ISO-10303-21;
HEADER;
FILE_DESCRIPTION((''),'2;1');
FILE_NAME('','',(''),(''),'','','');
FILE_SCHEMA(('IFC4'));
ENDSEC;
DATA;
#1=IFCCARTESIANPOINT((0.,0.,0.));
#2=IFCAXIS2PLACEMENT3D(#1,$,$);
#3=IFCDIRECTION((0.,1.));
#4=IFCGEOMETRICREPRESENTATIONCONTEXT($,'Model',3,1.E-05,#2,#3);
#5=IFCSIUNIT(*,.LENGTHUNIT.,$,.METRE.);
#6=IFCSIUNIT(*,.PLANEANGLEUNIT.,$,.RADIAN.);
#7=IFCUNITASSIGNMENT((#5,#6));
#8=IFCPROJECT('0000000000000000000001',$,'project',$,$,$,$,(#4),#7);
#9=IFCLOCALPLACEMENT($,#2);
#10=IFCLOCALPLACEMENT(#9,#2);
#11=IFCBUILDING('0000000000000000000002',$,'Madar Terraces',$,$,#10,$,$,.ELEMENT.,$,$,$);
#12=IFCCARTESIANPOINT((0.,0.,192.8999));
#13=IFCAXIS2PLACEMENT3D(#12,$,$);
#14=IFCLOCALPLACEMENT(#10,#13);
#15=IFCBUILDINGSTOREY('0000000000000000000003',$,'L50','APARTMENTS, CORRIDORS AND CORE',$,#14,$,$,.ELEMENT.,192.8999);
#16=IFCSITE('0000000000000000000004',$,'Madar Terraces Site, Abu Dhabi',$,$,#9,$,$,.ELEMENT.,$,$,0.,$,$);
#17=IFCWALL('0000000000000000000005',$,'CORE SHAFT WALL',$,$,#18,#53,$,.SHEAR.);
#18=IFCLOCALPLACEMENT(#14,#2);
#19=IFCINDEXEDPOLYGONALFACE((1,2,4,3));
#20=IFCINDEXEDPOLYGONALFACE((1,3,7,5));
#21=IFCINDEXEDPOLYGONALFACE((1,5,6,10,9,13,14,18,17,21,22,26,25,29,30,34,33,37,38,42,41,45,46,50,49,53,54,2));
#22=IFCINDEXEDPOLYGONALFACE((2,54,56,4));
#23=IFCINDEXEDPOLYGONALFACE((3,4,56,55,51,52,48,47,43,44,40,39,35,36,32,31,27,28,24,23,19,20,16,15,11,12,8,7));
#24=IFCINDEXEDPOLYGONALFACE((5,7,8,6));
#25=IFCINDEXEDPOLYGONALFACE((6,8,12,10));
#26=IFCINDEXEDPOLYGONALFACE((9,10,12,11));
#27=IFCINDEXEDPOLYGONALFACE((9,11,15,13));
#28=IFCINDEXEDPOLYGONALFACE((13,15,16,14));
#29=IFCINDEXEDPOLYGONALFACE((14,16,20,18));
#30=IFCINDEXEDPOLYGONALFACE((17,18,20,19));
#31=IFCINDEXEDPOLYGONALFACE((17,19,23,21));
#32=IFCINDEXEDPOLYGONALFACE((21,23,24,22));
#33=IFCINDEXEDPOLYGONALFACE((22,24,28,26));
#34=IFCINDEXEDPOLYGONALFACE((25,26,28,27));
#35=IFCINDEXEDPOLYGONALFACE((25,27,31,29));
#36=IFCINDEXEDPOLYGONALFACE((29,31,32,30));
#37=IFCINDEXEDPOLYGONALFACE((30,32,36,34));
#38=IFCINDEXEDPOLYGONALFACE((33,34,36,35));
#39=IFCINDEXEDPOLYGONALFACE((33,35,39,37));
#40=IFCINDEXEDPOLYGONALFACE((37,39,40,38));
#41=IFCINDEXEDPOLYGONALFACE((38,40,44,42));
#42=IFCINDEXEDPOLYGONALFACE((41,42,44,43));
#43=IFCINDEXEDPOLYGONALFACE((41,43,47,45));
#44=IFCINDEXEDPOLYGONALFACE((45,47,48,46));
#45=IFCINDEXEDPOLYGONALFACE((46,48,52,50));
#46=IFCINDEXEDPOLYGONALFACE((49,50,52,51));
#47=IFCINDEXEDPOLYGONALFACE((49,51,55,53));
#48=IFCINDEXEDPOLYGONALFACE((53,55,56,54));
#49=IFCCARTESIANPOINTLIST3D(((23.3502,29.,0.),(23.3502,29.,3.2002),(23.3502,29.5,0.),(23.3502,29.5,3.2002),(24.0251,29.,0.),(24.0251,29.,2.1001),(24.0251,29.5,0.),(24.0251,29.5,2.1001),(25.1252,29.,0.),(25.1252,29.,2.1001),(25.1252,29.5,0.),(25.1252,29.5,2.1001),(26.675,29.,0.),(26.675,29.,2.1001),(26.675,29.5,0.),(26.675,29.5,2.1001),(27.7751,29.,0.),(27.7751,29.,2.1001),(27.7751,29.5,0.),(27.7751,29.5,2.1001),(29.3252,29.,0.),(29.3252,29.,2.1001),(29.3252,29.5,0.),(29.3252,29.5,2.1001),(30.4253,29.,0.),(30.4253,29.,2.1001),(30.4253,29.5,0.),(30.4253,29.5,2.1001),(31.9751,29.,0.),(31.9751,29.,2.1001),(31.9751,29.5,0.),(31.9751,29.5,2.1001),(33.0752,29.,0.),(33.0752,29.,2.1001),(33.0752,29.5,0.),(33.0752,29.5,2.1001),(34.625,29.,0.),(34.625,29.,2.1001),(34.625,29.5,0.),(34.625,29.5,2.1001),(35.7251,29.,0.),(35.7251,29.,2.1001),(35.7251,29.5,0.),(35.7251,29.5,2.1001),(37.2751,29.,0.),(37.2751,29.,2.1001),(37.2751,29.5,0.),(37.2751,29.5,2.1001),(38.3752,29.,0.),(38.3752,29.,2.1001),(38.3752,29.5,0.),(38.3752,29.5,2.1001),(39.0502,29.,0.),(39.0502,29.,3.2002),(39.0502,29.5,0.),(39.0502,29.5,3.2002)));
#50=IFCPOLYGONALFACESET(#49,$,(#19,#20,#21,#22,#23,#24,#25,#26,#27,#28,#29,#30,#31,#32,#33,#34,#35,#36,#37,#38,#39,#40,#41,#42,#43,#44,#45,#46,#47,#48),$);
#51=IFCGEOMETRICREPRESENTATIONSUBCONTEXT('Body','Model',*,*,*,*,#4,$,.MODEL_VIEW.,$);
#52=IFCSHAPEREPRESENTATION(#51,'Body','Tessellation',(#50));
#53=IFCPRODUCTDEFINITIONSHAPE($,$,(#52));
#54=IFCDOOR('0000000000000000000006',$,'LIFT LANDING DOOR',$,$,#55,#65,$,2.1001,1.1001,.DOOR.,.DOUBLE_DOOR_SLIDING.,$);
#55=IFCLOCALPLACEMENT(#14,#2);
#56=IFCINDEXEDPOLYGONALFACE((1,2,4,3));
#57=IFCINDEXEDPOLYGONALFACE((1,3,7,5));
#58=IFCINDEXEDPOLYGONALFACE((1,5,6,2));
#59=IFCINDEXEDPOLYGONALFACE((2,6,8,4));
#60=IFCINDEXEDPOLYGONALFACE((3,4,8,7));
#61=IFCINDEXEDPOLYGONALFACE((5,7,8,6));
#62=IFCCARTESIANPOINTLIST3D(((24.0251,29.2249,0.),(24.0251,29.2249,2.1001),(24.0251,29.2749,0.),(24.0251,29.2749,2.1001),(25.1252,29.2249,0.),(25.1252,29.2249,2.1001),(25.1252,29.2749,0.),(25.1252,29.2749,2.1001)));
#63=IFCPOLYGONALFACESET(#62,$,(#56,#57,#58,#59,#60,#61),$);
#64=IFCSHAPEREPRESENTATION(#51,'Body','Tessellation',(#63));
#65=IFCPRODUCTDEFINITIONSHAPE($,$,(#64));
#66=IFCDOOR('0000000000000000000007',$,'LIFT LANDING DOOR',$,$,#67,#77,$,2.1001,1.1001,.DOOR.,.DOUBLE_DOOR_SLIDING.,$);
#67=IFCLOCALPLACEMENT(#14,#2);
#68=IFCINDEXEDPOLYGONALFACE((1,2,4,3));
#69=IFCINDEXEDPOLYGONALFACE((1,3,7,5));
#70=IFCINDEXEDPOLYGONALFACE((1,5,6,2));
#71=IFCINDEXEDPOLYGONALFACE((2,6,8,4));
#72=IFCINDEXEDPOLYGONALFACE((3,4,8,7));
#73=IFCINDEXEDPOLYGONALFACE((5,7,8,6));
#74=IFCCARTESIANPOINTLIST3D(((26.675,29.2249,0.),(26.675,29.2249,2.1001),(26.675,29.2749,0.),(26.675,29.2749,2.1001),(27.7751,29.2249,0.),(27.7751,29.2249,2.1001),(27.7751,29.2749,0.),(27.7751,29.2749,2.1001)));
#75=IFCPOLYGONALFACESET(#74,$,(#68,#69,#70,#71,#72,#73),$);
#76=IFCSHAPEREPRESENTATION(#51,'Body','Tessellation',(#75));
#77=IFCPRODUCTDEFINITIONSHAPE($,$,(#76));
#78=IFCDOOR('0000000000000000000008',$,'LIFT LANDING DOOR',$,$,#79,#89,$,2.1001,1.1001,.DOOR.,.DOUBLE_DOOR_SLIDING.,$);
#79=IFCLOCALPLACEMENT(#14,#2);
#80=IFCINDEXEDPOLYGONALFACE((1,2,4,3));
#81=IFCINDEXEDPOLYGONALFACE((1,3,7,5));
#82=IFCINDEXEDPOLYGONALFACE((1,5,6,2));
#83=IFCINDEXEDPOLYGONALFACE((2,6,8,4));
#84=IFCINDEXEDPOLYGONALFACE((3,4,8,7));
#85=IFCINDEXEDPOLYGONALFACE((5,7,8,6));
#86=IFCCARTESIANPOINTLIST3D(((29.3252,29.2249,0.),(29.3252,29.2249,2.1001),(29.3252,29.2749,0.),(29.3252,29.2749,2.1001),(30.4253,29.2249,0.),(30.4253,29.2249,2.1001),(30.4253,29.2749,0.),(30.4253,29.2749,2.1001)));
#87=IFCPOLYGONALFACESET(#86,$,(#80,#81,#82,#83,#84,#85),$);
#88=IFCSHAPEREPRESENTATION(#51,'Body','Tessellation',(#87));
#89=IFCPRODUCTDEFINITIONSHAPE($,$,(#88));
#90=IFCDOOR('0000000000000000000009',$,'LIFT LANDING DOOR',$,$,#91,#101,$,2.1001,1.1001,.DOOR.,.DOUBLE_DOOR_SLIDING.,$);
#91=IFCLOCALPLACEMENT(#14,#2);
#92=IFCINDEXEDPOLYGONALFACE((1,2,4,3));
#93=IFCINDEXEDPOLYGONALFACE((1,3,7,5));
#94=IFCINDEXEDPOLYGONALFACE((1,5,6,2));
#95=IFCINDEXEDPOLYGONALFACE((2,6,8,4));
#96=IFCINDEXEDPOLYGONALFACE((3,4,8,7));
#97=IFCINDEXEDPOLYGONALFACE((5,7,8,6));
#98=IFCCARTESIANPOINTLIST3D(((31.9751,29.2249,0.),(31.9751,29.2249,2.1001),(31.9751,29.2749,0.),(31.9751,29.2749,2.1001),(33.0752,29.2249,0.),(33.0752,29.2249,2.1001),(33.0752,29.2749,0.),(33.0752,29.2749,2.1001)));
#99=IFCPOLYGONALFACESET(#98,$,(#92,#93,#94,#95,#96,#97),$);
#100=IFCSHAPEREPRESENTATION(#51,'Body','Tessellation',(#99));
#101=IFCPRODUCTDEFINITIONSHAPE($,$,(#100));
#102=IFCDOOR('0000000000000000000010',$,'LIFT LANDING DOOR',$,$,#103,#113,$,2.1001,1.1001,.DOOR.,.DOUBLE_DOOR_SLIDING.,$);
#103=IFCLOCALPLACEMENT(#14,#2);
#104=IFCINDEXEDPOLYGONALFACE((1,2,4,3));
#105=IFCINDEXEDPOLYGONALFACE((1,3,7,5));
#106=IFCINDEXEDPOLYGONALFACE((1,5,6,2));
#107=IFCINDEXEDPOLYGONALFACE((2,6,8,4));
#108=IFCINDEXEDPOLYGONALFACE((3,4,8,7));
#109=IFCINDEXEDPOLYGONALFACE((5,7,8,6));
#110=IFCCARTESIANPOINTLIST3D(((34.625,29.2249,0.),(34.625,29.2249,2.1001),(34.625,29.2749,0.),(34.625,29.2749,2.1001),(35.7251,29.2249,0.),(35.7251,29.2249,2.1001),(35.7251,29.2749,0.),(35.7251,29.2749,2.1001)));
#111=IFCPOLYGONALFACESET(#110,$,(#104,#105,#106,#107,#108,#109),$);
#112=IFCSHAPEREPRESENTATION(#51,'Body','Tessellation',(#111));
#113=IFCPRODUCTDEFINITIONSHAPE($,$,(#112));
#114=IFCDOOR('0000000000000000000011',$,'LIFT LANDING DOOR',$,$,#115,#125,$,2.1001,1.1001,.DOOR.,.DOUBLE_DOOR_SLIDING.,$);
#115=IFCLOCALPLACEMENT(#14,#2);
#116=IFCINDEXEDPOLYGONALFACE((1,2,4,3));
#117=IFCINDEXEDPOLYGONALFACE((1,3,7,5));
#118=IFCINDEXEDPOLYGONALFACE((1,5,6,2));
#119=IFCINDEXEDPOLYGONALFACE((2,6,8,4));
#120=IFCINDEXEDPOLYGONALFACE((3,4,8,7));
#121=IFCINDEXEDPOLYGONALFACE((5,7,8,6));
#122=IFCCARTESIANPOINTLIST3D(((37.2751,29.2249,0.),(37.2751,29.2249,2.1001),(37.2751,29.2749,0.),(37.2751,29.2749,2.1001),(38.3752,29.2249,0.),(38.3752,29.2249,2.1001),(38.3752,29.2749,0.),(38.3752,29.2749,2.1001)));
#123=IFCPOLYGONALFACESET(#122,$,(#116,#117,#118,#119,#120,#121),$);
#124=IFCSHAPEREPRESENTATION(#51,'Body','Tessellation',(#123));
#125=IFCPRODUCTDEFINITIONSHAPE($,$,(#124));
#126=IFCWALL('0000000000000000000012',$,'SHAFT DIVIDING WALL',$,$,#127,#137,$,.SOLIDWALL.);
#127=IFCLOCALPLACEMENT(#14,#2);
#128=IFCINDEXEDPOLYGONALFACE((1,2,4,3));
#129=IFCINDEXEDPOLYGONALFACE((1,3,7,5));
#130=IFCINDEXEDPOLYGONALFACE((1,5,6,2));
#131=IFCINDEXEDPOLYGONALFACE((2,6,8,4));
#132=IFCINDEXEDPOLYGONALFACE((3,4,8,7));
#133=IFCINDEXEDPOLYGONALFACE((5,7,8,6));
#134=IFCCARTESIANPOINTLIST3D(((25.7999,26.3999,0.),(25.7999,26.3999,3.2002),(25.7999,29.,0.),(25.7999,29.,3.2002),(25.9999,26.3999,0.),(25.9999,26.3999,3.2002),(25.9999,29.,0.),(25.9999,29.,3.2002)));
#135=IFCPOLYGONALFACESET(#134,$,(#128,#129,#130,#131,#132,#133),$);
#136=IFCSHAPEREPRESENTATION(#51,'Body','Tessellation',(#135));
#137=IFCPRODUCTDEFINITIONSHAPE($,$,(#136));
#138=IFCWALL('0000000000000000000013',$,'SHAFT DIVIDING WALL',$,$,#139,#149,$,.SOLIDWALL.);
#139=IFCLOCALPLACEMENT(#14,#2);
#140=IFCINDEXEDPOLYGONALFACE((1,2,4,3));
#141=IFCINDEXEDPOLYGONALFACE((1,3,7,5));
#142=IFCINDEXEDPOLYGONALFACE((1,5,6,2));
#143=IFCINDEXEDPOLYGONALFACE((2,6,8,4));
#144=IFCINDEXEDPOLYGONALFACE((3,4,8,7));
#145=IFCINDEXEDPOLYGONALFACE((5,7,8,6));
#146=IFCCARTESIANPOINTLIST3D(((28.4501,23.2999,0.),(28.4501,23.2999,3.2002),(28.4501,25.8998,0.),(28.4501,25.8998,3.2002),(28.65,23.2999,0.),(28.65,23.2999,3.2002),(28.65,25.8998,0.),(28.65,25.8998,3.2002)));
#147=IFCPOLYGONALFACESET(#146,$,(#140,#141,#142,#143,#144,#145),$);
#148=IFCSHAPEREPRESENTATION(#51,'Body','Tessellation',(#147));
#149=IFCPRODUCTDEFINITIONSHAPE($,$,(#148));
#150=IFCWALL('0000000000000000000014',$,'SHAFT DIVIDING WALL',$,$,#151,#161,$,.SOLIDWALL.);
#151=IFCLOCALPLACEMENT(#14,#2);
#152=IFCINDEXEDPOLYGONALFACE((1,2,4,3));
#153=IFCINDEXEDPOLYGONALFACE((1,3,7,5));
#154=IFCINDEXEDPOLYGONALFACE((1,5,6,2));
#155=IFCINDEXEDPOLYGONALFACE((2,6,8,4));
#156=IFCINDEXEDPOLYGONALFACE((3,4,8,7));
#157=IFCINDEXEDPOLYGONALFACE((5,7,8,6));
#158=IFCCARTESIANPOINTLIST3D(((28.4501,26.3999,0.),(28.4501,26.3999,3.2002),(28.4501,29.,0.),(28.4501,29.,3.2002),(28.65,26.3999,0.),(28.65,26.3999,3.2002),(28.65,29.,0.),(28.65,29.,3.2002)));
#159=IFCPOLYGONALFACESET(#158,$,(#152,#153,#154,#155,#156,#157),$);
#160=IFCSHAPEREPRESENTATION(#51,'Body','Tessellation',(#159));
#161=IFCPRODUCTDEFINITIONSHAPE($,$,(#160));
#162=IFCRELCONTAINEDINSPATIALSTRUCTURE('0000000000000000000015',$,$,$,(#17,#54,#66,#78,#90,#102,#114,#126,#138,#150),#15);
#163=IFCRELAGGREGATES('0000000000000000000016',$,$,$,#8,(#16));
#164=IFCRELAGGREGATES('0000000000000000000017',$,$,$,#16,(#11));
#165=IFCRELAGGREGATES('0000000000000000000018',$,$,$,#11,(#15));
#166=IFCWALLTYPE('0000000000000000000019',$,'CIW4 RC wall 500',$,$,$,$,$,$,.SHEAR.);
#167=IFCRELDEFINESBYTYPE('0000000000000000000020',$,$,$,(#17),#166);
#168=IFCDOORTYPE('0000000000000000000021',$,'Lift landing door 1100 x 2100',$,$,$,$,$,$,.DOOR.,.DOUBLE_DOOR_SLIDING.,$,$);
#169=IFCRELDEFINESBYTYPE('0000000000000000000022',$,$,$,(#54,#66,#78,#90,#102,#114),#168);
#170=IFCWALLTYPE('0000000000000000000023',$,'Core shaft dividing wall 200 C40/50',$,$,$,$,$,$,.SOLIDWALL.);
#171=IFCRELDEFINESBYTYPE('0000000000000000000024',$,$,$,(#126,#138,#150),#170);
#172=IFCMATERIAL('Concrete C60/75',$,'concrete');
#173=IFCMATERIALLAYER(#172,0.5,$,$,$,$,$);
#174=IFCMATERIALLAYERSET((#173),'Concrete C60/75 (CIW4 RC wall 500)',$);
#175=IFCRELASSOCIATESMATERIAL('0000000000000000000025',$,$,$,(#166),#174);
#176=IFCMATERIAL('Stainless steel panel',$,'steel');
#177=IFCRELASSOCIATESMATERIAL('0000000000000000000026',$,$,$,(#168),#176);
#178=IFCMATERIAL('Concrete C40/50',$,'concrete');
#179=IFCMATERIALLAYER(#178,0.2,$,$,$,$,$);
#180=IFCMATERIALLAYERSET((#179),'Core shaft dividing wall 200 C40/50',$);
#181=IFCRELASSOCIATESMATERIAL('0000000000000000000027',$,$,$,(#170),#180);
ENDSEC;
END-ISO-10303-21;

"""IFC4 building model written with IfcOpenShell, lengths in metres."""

from ifc_helpers import new_model, si_unit, direction, frame, frame_2d, origin, place, context, subcontext, project, spatial, rectangle, extrude, material, layer, layer_set, type_object, element, fill, save


model = new_model("IFC4")

# Units and contexts
model_context = context("Model", 3, precision=1e-05, world=origin(), true_north=direction((0.0, 1.0)))
body_context = subcontext(model_context, "Body", "Model", "MODEL_VIEW")
ifc_project = project(units=[si_unit("LENGTHUNIT", "METRE"), si_unit("PLANEANGLEUNIT", "RADIAN")], contexts=[model_context])

# Site, building, storey
site_placement = place(None, origin())
site = spatial("IfcSite", under=ifc_project, at=site_placement, Name="Madar Terraces Site, Abu Dhabi", CompositionType="ELEMENT", RefElevation=0.0)
building_placement = place(site_placement, origin())
building = spatial("IfcBuilding", under=site, at=building_placement, Name="Madar Terraces", CompositionType="ELEMENT")
storey_placement = place(building_placement, frame((0.0, 0.0, 192.8999)))
storey = spatial("IfcBuildingStorey", under=building, at=storey_placement, Name="L50", Description="APARTMENTS, CORRIDORS AND CORE", CompositionType="ELEMENT", Elevation=192.8999)

# Shared definitions
ifc_material_1 = material(Name="Concrete C60/75", Category="concrete")
ifc_layer_1 = layer(ifc_material_1, 0.5)
ifc_layer_set_1 = layer_set([ifc_layer_1], Name="Concrete C60/75 (CIW4 RC wall 500)")
wall_type_1 = type_object("IfcWallType", Name="CIW4 RC wall 500", PredefinedType="SHEAR", material=ifc_layer_set_1)

# Wall, openings, doors
wall_1_placement = place(storey_placement, frame((23.3501, 29.25, 0.0), z_axis=(0.0, 0.0, 1.0), x_axis=(1.0, 0.0, 0.0)))
wall_1 = element("IfcWall", 1, at=wall_1_placement, inside=storey, type_object=wall_type_1, Name="CORE SHAFT WALL", PredefinedType="SHEAR", context=body_context, shape_type="SweptSolid", body=[
    extrude(rectangle(XDim=15.7, YDim=0.5, at=frame_2d((7.8501, 0.0))), origin(), (0.0, 0.0, 1.0), 3.2002),
])
opening_1_placement = place(wall_1_placement, frame((0.675, 0.0, 0.0)))
opening_1 = element("IfcOpeningElement", 2, at=opening_1_placement, cuts=wall_1, PredefinedType="OPENING", context=body_context, shape_type="SweptSolid", body=[
    extrude(rectangle(XDim=1.1001, YDim=2.1001, at=frame_2d((0.55, 1.05))), frame((0.0, 0.26, 0.0), z_axis=(0.0, -1.0, 0.0), x_axis=(1.0, 0.0, 0.0)), (0.0, 0.0, 1.0), 0.52),
])
opening_2_placement = place(wall_1_placement, frame((3.325, 0.0, 0.0)))
opening_2 = element("IfcOpeningElement", 3, at=opening_2_placement, cuts=wall_1, PredefinedType="OPENING", context=body_context, shape_type="SweptSolid", body=[
    extrude(rectangle(XDim=1.1001, YDim=2.1001, at=frame_2d((0.55, 1.05))), frame((0.0, 0.26, 0.0), z_axis=(0.0, -1.0, 0.0), x_axis=(1.0, 0.0, 0.0)), (0.0, 0.0, 1.0), 0.52),
])
opening_3_placement = place(wall_1_placement, frame((5.9751, 0.0, 0.0)))
opening_3 = element("IfcOpeningElement", 4, at=opening_3_placement, cuts=wall_1, PredefinedType="OPENING", context=body_context, shape_type="SweptSolid", body=[
    extrude(rectangle(XDim=1.1001, YDim=2.1001, at=frame_2d((0.55, 1.05))), frame((0.0, 0.26, 0.0), z_axis=(0.0, -1.0, 0.0), x_axis=(1.0, 0.0, 0.0)), (0.0, 0.0, 1.0), 0.52),
])
opening_4_placement = place(wall_1_placement, frame((8.625, 0.0, 0.0)))
opening_4 = element("IfcOpeningElement", 5, at=opening_4_placement, cuts=wall_1, PredefinedType="OPENING", context=body_context, shape_type="SweptSolid", body=[
    extrude(rectangle(XDim=1.1001, YDim=2.1001, at=frame_2d((0.55, 1.05))), frame((0.0, 0.26, 0.0), z_axis=(0.0, -1.0, 0.0), x_axis=(1.0, 0.0, 0.0)), (0.0, 0.0, 1.0), 0.52),
])
opening_5_placement = place(wall_1_placement, frame((11.2749, 0.0, 0.0)))
opening_5 = element("IfcOpeningElement", 6, at=opening_5_placement, cuts=wall_1, PredefinedType="OPENING", context=body_context, shape_type="SweptSolid", body=[
    extrude(rectangle(XDim=1.1001, YDim=2.1001, at=frame_2d((0.55, 1.05))), frame((0.0, 0.26, 0.0), z_axis=(0.0, -1.0, 0.0), x_axis=(1.0, 0.0, 0.0)), (0.0, 0.0, 1.0), 0.52),
])
opening_6_placement = place(wall_1_placement, frame((13.925, 0.0, 0.0)))
opening_6 = element("IfcOpeningElement", 7, at=opening_6_placement, cuts=wall_1, PredefinedType="OPENING", context=body_context, shape_type="SweptSolid", body=[
    extrude(rectangle(XDim=1.1001, YDim=2.1001, at=frame_2d((0.55, 1.05))), frame((0.0, 0.26, 0.0), z_axis=(0.0, -1.0, 0.0), x_axis=(1.0, 0.0, 0.0)), (0.0, 0.0, 1.0), 0.52),
])
ifc_material_2 = material(Name="Stainless steel panel", Category="steel")
door_type_1 = type_object("IfcDoorType", Name="Lift landing door 1100 x 2100", OperationType="DOUBLE_DOOR_SLIDING", PredefinedType="DOOR", material=ifc_material_2)
door_1_placement = place(opening_1_placement, origin())
door_1 = element("IfcDoor", 8, at=door_1_placement, inside=storey, type_object=door_type_1, Name="LIFT LANDING DOOR", OperationType="DOUBLE_DOOR_SLIDING", OverallHeight=2.1001, OverallWidth=1.1001, PredefinedType="DOOR", context=body_context, shape_type="SweptSolid", body=[
    extrude(rectangle(XDim=1.1001, YDim=2.1001, at=frame_2d((0.55, 1.05))), frame((0.0, 0.0249, 0.0), z_axis=(0.0, -1.0, 0.0), x_axis=(1.0, 0.0, 0.0)), (0.0, 0.0, 1.0), 0.05),
])
fill(opening_1, door_1)
door_2_placement = place(opening_2_placement, origin())
door_2 = element("IfcDoor", 9, at=door_2_placement, inside=storey, type_object=door_type_1, Name="LIFT LANDING DOOR", OperationType="DOUBLE_DOOR_SLIDING", OverallHeight=2.1001, OverallWidth=1.1001, PredefinedType="DOOR", context=body_context, shape_type="SweptSolid", body=[
    extrude(rectangle(XDim=1.1001, YDim=2.1001, at=frame_2d((0.55, 1.05))), frame((0.0, 0.0249, 0.0), z_axis=(0.0, -1.0, 0.0), x_axis=(1.0, 0.0, 0.0)), (0.0, 0.0, 1.0), 0.05),
])
fill(opening_2, door_2)
door_3_placement = place(opening_3_placement, origin())
door_3 = element("IfcDoor", 10, at=door_3_placement, inside=storey, type_object=door_type_1, Name="LIFT LANDING DOOR", OperationType="DOUBLE_DOOR_SLIDING", OverallHeight=2.1001, OverallWidth=1.1001, PredefinedType="DOOR", context=body_context, shape_type="SweptSolid", body=[
    extrude(rectangle(XDim=1.1001, YDim=2.1001, at=frame_2d((0.55, 1.05))), frame((0.0, 0.0249, 0.0), z_axis=(0.0, -1.0, 0.0), x_axis=(1.0, 0.0, 0.0)), (0.0, 0.0, 1.0), 0.05),
])
fill(opening_3, door_3)
door_4_placement = place(opening_4_placement, origin())
door_4 = element("IfcDoor", 11, at=door_4_placement, inside=storey, type_object=door_type_1, Name="LIFT LANDING DOOR", OperationType="DOUBLE_DOOR_SLIDING", OverallHeight=2.1001, OverallWidth=1.1001, PredefinedType="DOOR", context=body_context, shape_type="SweptSolid", body=[
    extrude(rectangle(XDim=1.1001, YDim=2.1001, at=frame_2d((0.55, 1.05))), frame((0.0, 0.0249, 0.0), z_axis=(0.0, -1.0, 0.0), x_axis=(1.0, 0.0, 0.0)), (0.0, 0.0, 1.0), 0.05),
])
fill(opening_4, door_4)
door_5_placement = place(opening_5_placement, origin())
door_5 = element("IfcDoor", 12, at=door_5_placement, inside=storey, type_object=door_type_1, Name="LIFT LANDING DOOR", OperationType="DOUBLE_DOOR_SLIDING", OverallHeight=2.1001, OverallWidth=1.1001, PredefinedType="DOOR", context=body_context, shape_type="SweptSolid", body=[
    extrude(rectangle(XDim=1.1001, YDim=2.1001, at=frame_2d((0.55, 1.05))), frame((0.0, 0.0249, 0.0), z_axis=(0.0, -1.0, 0.0), x_axis=(1.0, 0.0, 0.0)), (0.0, 0.0, 1.0), 0.05),
])
fill(opening_5, door_5)
door_6_placement = place(opening_6_placement, origin())
door_6 = element("IfcDoor", 13, at=door_6_placement, inside=storey, type_object=door_type_1, Name="LIFT LANDING DOOR", OperationType="DOUBLE_DOOR_SLIDING", OverallHeight=2.1001, OverallWidth=1.1001, PredefinedType="DOOR", context=body_context, shape_type="SweptSolid", body=[
    extrude(rectangle(XDim=1.1001, YDim=2.1001, at=frame_2d((0.55, 1.05))), frame((0.0, 0.0249, 0.0), z_axis=(0.0, -1.0, 0.0), x_axis=(1.0, 0.0, 0.0)), (0.0, 0.0, 1.0), 0.05),
])
fill(opening_6, door_6)

# Walls
ifc_material_3 = material(Name="Concrete C40/50", Category="concrete")
ifc_layer_2 = layer(ifc_material_3, 0.2)
ifc_layer_set_2 = layer_set([ifc_layer_2], Name="Core shaft dividing wall 200 C40/50")
wall_type_2 = type_object("IfcWallType", Name="Core shaft dividing wall 200 C40/50", PredefinedType="SOLIDWALL", material=ifc_layer_set_2)
wall_2_placement = place(storey_placement, frame((25.8999, 26.3999, 0.0), z_axis=(0.0, 0.0, 1.0), x_axis=(0.0, 1.0, 0.0)))
element("IfcWall", 14, at=wall_2_placement, inside=storey, type_object=wall_type_2, Name="SHAFT DIVIDING WALL", PredefinedType="SOLIDWALL", context=body_context, shape_type="SweptSolid", body=[
    extrude(rectangle(XDim=2.6001, YDim=0.2, at=frame_2d((1.3, 0.0))), origin(), (0.0, 0.0, 1.0), 3.2002),
])
wall_3_placement = place(storey_placement, frame((28.55, 23.3, 0.0), z_axis=(0.0, 0.0, 1.0), x_axis=(0.0, 1.0, 0.0)))
element("IfcWall", 15, at=wall_3_placement, inside=storey, type_object=wall_type_2, Name="SHAFT DIVIDING WALL", PredefinedType="SOLIDWALL", context=body_context, shape_type="SweptSolid", body=[
    extrude(rectangle(XDim=2.5999, YDim=0.2, at=frame_2d((1.2998, 0.0))), origin(), (0.0, 0.0, 1.0), 3.2002),
])
wall_4_placement = place(storey_placement, frame((28.55, 26.3999, 0.0), z_axis=(0.0, 0.0, 1.0), x_axis=(0.0, 1.0, 0.0)))
element("IfcWall", 16, at=wall_4_placement, inside=storey, type_object=wall_type_2, Name="SHAFT DIVIDING WALL", PredefinedType="SOLIDWALL", context=body_context, shape_type="SweptSolid", body=[
    extrude(rectangle(XDim=2.6001, YDim=0.2, at=frame_2d((1.3, 0.0))), origin(), (0.0, 0.0, 1.0), 3.2002),
])

save(model, "model.ifc")
